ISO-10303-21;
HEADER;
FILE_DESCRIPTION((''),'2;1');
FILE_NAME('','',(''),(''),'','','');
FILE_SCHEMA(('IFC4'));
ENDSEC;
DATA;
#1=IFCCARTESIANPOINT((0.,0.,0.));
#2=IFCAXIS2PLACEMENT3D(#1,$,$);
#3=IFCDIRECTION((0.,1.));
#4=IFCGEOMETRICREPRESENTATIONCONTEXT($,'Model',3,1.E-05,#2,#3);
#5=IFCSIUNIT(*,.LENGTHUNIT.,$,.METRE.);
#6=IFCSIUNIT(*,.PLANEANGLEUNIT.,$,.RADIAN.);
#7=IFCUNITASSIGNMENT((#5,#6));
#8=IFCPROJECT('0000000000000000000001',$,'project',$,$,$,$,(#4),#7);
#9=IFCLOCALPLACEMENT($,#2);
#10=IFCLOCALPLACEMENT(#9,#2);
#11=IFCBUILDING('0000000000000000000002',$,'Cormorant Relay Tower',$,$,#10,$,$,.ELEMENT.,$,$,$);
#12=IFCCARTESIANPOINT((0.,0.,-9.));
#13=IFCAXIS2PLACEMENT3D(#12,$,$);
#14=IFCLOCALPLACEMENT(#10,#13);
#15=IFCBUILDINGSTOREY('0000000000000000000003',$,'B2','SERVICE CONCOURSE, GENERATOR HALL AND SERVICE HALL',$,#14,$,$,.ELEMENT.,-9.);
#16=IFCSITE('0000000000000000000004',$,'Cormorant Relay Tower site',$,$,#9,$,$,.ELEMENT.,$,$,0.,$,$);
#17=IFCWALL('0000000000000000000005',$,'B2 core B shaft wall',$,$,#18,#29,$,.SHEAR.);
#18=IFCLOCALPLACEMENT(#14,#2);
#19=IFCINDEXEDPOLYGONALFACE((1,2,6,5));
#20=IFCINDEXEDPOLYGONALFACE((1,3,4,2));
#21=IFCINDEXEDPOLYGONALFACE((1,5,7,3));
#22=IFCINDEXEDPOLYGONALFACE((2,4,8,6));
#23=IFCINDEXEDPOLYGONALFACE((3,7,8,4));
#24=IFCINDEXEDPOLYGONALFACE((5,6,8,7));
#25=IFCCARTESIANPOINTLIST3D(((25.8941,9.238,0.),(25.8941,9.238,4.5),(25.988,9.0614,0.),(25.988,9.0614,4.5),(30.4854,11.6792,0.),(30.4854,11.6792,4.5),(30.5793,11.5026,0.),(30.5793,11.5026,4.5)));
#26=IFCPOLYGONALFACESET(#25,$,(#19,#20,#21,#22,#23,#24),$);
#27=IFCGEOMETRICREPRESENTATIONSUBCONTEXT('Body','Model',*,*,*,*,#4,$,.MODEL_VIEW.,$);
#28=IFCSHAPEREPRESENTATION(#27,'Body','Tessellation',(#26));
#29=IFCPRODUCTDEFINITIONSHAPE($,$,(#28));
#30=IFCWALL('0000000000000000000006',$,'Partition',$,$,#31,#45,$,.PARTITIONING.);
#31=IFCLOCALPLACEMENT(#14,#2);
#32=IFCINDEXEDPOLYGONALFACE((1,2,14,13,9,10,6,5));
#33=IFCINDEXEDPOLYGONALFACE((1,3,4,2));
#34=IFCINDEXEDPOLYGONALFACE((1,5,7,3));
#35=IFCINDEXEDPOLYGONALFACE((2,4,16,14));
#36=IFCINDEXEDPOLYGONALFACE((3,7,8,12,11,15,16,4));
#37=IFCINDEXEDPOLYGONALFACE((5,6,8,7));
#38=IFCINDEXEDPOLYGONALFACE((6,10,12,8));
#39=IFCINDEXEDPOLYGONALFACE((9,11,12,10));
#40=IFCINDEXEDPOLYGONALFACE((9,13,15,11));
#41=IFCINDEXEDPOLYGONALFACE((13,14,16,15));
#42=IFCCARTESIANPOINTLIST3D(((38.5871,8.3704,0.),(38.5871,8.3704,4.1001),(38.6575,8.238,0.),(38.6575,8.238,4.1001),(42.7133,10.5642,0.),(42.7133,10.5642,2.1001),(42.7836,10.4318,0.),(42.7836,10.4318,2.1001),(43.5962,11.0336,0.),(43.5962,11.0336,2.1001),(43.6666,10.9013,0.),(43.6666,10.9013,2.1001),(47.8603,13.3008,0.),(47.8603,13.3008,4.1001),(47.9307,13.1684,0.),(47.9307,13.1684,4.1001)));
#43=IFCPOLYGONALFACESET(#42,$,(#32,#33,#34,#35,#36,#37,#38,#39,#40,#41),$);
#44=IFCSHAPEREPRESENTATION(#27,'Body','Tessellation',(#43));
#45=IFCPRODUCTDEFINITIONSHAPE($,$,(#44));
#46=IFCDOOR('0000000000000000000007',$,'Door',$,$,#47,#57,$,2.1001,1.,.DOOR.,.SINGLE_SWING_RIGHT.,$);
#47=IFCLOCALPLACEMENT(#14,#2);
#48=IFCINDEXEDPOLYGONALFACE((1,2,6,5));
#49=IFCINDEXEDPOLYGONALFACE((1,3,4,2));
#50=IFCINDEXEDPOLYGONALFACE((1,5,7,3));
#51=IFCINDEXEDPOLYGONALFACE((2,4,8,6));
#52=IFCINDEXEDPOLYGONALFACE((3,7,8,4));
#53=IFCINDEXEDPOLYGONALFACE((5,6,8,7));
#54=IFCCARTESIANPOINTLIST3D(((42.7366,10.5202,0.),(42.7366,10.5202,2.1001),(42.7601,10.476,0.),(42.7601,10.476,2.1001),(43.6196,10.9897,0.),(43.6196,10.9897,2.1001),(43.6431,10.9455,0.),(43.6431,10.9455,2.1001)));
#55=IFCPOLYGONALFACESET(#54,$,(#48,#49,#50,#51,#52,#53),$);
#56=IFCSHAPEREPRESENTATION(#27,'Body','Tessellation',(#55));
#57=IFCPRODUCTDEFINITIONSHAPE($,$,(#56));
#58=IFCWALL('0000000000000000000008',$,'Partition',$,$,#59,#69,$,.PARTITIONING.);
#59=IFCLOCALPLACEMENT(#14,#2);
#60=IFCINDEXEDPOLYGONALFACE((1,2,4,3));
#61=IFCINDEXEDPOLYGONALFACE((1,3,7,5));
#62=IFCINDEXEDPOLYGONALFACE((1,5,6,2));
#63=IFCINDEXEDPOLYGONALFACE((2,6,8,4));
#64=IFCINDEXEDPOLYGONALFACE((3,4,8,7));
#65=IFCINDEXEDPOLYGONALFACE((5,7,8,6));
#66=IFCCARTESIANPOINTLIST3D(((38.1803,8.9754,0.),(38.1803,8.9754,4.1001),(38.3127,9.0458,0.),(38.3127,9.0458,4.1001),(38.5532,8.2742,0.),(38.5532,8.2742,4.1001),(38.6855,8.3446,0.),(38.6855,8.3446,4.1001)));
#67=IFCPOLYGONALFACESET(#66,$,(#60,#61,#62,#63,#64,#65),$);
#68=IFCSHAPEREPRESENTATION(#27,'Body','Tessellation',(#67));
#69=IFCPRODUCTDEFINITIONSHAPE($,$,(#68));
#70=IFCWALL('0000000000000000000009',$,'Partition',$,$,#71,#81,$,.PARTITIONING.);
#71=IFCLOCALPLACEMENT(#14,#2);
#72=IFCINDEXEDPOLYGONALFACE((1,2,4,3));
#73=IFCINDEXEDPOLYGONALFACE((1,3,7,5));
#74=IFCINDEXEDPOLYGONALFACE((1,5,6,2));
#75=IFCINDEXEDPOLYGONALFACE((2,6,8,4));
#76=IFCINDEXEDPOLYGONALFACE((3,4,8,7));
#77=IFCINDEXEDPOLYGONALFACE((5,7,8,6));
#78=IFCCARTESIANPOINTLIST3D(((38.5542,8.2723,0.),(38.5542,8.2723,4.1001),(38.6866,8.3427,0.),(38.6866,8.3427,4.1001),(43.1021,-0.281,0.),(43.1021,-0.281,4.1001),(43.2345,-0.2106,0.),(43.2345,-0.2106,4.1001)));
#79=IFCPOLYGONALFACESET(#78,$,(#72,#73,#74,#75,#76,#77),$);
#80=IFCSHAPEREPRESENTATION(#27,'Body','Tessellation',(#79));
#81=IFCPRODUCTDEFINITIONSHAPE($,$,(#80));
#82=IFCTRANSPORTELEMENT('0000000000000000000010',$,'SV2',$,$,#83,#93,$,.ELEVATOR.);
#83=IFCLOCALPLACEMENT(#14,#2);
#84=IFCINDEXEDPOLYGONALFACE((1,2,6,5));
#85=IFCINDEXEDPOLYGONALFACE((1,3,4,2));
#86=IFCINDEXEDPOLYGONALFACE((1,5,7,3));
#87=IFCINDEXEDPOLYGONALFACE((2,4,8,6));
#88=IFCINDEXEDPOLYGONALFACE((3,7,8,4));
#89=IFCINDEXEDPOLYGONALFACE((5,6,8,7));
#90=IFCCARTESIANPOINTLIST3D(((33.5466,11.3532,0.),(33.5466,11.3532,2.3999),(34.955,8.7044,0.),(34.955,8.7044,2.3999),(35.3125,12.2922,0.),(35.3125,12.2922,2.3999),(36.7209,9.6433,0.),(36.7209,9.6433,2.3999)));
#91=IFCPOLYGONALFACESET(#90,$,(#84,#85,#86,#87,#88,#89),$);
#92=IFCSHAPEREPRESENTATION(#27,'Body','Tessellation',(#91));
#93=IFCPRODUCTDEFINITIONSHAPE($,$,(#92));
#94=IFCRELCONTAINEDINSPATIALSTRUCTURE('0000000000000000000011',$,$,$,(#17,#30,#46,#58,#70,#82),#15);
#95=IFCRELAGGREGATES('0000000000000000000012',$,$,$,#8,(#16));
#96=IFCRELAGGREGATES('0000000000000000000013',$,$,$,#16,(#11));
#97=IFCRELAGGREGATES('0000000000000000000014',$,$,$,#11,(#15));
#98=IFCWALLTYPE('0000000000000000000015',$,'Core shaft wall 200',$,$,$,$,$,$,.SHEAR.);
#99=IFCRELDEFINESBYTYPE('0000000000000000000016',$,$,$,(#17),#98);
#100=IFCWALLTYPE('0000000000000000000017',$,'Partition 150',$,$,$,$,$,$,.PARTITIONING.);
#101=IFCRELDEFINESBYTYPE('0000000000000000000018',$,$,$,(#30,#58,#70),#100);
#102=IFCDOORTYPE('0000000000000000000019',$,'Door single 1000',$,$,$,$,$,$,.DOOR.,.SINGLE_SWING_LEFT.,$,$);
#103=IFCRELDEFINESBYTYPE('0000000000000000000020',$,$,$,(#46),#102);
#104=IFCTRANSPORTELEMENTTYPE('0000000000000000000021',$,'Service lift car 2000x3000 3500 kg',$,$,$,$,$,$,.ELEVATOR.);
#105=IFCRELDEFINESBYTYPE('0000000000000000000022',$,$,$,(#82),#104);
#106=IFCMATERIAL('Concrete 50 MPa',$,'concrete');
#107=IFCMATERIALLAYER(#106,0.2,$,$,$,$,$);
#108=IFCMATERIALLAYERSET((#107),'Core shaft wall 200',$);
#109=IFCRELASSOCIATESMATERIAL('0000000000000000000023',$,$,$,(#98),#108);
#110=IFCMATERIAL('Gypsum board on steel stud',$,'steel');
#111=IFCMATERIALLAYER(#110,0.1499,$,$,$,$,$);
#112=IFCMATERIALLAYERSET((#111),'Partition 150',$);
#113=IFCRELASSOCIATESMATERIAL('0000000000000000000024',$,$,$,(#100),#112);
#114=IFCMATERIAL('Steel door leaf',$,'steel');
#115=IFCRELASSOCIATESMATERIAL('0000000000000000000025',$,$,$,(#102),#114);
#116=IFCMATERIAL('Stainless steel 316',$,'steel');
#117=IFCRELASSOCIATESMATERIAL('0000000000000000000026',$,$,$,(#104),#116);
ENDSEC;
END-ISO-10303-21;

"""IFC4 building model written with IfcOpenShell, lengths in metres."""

from ifc_helpers import new_model, si_unit, direction, frame, frame_2d, origin, origin_2d, place, context, subcontext, project, spatial, rectangle, extrude, material, layer, layer_set, type_object, element, fill, save


model = new_model("IFC4")

# Units and contexts
model_context = context("Model", 3, precision=1e-05, world=origin(), true_north=direction((0.0, 1.0)))
body_context = subcontext(model_context, "Body", "Model", "MODEL_VIEW")
ifc_project = project(units=[si_unit("LENGTHUNIT", "METRE"), si_unit("PLANEANGLEUNIT", "RADIAN")], contexts=[model_context])

# Site, building, storey
site_placement = place(None, origin())
site = spatial("IfcSite", under=ifc_project, at=site_placement, Name="Cormorant Relay Tower site", CompositionType="ELEMENT", RefElevation=0.0)
building_placement = place(site_placement, origin())
building = spatial("IfcBuilding", under=site, at=building_placement, Name="Cormorant Relay Tower", CompositionType="ELEMENT")
storey_placement = place(building_placement, frame((0.0, 0.0, -9.0)))
storey = spatial("IfcBuildingStorey", under=building, at=storey_placement, Name="B2", Description="SERVICE CONCOURSE, GENERATOR HALL AND SERVICE HALL", CompositionType="ELEMENT", Elevation=-9.0)

# Shared definitions
ifc_material_1 = material(Name="Concrete 50 MPa", Category="concrete")
ifc_layer_1 = layer(ifc_material_1, 0.2)
ifc_layer_set_1 = layer_set([ifc_layer_1], Name="Core shaft wall 200")
wall_type_1 = type_object("IfcWallType", Name="Core shaft wall 200", PredefinedType="SHEAR", material=ifc_layer_set_1)

# Wall
wall_1_placement = place(storey_placement, frame((25.9409, 9.1497, 0.0), z_axis=(0.0, 0.0, 1.0), x_axis=(0.882954, 0.46946, 0.0)))
element("IfcWall", 1, at=wall_1_placement, inside=storey, type_object=wall_type_1, Name="B2 core B shaft wall", PredefinedType="SHEAR", context=body_context, shape_type="SweptSolid", body=[
    extrude(rectangle(XDim=5.2, YDim=0.2, at=frame_2d((2.6001, 0.0))), origin(), (0.0, 0.0, 1.0), 4.5),
])

# Wall, opening, door
ifc_material_2 = material(Name="Gypsum board on steel stud", Category="steel")
ifc_layer_2 = layer(ifc_material_2, 0.1499)
ifc_layer_set_2 = layer_set([ifc_layer_2], Name="Partition 150")
wall_type_2 = type_object("IfcWallType", Name="Partition 150", PredefinedType="PARTITIONING", material=ifc_layer_set_2)
wall_2_placement = place(storey_placement, frame((38.6223, 8.3042, 0.0), z_axis=(0.0, 0.0, 1.0), x_axis=(0.882956, 0.469455, 0.0)))
wall_2 = element("IfcWall", 2, at=wall_2_placement, inside=storey, type_object=wall_type_2, Name="Partition", PredefinedType="PARTITIONING", context=body_context, shape_type="SweptSolid", body=[
    extrude(rectangle(XDim=10.5024, YDim=0.1499, at=frame_2d((5.2512, 0.0))), origin(), (0.0, 0.0, 1.0), 4.1001),
])
opening_1_placement = place(wall_2_placement, frame((4.6731, 0.0, 0.0)))
opening_1 = element("IfcOpeningElement", 3, at=opening_1_placement, cuts=wall_2, PredefinedType="OPENING", context=body_context, shape_type="SweptSolid", body=[
    extrude(rectangle(XDim=1.0, YDim=2.1001, at=frame_2d((0.5, 1.05))), frame((0.0, 0.085, 0.0), z_axis=(0.0, -1.0, 0.0), x_axis=(1.0, 0.0, 0.0)), (0.0, 0.0, 1.0), 0.1699),
])
ifc_material_3 = material(Name="Steel door leaf", Category="steel")
door_type_1 = type_object("IfcDoorType", Name="Door single 1000", OperationType="SINGLE_SWING_LEFT", PredefinedType="DOOR", material=ifc_material_3)
door_1_placement = place(opening_1_placement, frame((1.0, 0.0, 0.0), z_axis=(0.0, 0.0, 1.0), x_axis=(-1.0, 0.0, 0.0)))
door_1 = element("IfcDoor", 4, at=door_1_placement, inside=storey, type_object=door_type_1, Name="Door", OperationType="SINGLE_SWING_RIGHT", OverallHeight=2.1001, OverallWidth=1.0, PredefinedType="DOOR", context=body_context, shape_type="SweptSolid", body=[
    extrude(rectangle(XDim=1.0, YDim=2.1001, at=frame_2d((0.5, 1.05))), frame((0.0, 0.0249, 0.0), z_axis=(0.0, -1.0, 0.0), x_axis=(1.0, 0.0, 0.0)), (0.0, 0.0, 1.0), 0.05),
])
fill(opening_1, door_1)

# Walls
wall_3_placement = place(storey_placement, frame((38.2466, 9.0105, 0.0), z_axis=(0.0, 0.0, 1.0), x_axis=(0.469455, -0.882956, 0.0)))
element("IfcWall", 5, at=wall_3_placement, inside=storey, type_object=wall_type_2, Name="Partition", PredefinedType="PARTITIONING", context=body_context, shape_type="SweptSolid", body=[
    extrude(rectangle(XDim=0.7942, YDim=0.1499, at=frame_2d((0.397, 0.0))), origin(), (0.0, 0.0, 1.0), 4.1001),
])
wall_4_placement = place(storey_placement, frame((38.6204, 8.3076, 0.0), z_axis=(0.0, 0.0, 1.0), x_axis=(0.469473, -0.882947, 0.0)))
element("IfcWall", 6, at=wall_4_placement, inside=storey, type_object=wall_type_2, Name="Partition", PredefinedType="PARTITIONING", context=body_context, shape_type="SweptSolid", body=[
    extrude(rectangle(XDim=9.6873, YDim=0.1499, at=frame_2d((4.8438, 0.0))), origin(), (0.0, 0.0, 1.0), 4.1001),
])

# Transport element
ifc_material_4 = material(Name="Stainless steel 316", Category="steel")
transport_element_type = type_object("IfcTransportElementType", Name="Service lift car 2000x3000 3500 kg", PredefinedType="ELEVATOR", material=ifc_material_4)
transport_element_placement = place(storey_placement, frame((35.1338, 10.4983, 0.0), z_axis=(0.0, 0.0, 1.0), x_axis=(0.882948, 0.469472, 0.0)))
element("IfcTransportElement", 7, at=transport_element_placement, inside=storey, type_object=transport_element_type, Name="SV2", PredefinedType="ELEVATOR", context=body_context, shape_type="SweptSolid", body=[
    extrude(rectangle(XDim=2.0, YDim=3.0, at=origin_2d()), origin(), (0.0, 0.0, 1.0), 2.3999),
])

save(model, "model.ifc")
